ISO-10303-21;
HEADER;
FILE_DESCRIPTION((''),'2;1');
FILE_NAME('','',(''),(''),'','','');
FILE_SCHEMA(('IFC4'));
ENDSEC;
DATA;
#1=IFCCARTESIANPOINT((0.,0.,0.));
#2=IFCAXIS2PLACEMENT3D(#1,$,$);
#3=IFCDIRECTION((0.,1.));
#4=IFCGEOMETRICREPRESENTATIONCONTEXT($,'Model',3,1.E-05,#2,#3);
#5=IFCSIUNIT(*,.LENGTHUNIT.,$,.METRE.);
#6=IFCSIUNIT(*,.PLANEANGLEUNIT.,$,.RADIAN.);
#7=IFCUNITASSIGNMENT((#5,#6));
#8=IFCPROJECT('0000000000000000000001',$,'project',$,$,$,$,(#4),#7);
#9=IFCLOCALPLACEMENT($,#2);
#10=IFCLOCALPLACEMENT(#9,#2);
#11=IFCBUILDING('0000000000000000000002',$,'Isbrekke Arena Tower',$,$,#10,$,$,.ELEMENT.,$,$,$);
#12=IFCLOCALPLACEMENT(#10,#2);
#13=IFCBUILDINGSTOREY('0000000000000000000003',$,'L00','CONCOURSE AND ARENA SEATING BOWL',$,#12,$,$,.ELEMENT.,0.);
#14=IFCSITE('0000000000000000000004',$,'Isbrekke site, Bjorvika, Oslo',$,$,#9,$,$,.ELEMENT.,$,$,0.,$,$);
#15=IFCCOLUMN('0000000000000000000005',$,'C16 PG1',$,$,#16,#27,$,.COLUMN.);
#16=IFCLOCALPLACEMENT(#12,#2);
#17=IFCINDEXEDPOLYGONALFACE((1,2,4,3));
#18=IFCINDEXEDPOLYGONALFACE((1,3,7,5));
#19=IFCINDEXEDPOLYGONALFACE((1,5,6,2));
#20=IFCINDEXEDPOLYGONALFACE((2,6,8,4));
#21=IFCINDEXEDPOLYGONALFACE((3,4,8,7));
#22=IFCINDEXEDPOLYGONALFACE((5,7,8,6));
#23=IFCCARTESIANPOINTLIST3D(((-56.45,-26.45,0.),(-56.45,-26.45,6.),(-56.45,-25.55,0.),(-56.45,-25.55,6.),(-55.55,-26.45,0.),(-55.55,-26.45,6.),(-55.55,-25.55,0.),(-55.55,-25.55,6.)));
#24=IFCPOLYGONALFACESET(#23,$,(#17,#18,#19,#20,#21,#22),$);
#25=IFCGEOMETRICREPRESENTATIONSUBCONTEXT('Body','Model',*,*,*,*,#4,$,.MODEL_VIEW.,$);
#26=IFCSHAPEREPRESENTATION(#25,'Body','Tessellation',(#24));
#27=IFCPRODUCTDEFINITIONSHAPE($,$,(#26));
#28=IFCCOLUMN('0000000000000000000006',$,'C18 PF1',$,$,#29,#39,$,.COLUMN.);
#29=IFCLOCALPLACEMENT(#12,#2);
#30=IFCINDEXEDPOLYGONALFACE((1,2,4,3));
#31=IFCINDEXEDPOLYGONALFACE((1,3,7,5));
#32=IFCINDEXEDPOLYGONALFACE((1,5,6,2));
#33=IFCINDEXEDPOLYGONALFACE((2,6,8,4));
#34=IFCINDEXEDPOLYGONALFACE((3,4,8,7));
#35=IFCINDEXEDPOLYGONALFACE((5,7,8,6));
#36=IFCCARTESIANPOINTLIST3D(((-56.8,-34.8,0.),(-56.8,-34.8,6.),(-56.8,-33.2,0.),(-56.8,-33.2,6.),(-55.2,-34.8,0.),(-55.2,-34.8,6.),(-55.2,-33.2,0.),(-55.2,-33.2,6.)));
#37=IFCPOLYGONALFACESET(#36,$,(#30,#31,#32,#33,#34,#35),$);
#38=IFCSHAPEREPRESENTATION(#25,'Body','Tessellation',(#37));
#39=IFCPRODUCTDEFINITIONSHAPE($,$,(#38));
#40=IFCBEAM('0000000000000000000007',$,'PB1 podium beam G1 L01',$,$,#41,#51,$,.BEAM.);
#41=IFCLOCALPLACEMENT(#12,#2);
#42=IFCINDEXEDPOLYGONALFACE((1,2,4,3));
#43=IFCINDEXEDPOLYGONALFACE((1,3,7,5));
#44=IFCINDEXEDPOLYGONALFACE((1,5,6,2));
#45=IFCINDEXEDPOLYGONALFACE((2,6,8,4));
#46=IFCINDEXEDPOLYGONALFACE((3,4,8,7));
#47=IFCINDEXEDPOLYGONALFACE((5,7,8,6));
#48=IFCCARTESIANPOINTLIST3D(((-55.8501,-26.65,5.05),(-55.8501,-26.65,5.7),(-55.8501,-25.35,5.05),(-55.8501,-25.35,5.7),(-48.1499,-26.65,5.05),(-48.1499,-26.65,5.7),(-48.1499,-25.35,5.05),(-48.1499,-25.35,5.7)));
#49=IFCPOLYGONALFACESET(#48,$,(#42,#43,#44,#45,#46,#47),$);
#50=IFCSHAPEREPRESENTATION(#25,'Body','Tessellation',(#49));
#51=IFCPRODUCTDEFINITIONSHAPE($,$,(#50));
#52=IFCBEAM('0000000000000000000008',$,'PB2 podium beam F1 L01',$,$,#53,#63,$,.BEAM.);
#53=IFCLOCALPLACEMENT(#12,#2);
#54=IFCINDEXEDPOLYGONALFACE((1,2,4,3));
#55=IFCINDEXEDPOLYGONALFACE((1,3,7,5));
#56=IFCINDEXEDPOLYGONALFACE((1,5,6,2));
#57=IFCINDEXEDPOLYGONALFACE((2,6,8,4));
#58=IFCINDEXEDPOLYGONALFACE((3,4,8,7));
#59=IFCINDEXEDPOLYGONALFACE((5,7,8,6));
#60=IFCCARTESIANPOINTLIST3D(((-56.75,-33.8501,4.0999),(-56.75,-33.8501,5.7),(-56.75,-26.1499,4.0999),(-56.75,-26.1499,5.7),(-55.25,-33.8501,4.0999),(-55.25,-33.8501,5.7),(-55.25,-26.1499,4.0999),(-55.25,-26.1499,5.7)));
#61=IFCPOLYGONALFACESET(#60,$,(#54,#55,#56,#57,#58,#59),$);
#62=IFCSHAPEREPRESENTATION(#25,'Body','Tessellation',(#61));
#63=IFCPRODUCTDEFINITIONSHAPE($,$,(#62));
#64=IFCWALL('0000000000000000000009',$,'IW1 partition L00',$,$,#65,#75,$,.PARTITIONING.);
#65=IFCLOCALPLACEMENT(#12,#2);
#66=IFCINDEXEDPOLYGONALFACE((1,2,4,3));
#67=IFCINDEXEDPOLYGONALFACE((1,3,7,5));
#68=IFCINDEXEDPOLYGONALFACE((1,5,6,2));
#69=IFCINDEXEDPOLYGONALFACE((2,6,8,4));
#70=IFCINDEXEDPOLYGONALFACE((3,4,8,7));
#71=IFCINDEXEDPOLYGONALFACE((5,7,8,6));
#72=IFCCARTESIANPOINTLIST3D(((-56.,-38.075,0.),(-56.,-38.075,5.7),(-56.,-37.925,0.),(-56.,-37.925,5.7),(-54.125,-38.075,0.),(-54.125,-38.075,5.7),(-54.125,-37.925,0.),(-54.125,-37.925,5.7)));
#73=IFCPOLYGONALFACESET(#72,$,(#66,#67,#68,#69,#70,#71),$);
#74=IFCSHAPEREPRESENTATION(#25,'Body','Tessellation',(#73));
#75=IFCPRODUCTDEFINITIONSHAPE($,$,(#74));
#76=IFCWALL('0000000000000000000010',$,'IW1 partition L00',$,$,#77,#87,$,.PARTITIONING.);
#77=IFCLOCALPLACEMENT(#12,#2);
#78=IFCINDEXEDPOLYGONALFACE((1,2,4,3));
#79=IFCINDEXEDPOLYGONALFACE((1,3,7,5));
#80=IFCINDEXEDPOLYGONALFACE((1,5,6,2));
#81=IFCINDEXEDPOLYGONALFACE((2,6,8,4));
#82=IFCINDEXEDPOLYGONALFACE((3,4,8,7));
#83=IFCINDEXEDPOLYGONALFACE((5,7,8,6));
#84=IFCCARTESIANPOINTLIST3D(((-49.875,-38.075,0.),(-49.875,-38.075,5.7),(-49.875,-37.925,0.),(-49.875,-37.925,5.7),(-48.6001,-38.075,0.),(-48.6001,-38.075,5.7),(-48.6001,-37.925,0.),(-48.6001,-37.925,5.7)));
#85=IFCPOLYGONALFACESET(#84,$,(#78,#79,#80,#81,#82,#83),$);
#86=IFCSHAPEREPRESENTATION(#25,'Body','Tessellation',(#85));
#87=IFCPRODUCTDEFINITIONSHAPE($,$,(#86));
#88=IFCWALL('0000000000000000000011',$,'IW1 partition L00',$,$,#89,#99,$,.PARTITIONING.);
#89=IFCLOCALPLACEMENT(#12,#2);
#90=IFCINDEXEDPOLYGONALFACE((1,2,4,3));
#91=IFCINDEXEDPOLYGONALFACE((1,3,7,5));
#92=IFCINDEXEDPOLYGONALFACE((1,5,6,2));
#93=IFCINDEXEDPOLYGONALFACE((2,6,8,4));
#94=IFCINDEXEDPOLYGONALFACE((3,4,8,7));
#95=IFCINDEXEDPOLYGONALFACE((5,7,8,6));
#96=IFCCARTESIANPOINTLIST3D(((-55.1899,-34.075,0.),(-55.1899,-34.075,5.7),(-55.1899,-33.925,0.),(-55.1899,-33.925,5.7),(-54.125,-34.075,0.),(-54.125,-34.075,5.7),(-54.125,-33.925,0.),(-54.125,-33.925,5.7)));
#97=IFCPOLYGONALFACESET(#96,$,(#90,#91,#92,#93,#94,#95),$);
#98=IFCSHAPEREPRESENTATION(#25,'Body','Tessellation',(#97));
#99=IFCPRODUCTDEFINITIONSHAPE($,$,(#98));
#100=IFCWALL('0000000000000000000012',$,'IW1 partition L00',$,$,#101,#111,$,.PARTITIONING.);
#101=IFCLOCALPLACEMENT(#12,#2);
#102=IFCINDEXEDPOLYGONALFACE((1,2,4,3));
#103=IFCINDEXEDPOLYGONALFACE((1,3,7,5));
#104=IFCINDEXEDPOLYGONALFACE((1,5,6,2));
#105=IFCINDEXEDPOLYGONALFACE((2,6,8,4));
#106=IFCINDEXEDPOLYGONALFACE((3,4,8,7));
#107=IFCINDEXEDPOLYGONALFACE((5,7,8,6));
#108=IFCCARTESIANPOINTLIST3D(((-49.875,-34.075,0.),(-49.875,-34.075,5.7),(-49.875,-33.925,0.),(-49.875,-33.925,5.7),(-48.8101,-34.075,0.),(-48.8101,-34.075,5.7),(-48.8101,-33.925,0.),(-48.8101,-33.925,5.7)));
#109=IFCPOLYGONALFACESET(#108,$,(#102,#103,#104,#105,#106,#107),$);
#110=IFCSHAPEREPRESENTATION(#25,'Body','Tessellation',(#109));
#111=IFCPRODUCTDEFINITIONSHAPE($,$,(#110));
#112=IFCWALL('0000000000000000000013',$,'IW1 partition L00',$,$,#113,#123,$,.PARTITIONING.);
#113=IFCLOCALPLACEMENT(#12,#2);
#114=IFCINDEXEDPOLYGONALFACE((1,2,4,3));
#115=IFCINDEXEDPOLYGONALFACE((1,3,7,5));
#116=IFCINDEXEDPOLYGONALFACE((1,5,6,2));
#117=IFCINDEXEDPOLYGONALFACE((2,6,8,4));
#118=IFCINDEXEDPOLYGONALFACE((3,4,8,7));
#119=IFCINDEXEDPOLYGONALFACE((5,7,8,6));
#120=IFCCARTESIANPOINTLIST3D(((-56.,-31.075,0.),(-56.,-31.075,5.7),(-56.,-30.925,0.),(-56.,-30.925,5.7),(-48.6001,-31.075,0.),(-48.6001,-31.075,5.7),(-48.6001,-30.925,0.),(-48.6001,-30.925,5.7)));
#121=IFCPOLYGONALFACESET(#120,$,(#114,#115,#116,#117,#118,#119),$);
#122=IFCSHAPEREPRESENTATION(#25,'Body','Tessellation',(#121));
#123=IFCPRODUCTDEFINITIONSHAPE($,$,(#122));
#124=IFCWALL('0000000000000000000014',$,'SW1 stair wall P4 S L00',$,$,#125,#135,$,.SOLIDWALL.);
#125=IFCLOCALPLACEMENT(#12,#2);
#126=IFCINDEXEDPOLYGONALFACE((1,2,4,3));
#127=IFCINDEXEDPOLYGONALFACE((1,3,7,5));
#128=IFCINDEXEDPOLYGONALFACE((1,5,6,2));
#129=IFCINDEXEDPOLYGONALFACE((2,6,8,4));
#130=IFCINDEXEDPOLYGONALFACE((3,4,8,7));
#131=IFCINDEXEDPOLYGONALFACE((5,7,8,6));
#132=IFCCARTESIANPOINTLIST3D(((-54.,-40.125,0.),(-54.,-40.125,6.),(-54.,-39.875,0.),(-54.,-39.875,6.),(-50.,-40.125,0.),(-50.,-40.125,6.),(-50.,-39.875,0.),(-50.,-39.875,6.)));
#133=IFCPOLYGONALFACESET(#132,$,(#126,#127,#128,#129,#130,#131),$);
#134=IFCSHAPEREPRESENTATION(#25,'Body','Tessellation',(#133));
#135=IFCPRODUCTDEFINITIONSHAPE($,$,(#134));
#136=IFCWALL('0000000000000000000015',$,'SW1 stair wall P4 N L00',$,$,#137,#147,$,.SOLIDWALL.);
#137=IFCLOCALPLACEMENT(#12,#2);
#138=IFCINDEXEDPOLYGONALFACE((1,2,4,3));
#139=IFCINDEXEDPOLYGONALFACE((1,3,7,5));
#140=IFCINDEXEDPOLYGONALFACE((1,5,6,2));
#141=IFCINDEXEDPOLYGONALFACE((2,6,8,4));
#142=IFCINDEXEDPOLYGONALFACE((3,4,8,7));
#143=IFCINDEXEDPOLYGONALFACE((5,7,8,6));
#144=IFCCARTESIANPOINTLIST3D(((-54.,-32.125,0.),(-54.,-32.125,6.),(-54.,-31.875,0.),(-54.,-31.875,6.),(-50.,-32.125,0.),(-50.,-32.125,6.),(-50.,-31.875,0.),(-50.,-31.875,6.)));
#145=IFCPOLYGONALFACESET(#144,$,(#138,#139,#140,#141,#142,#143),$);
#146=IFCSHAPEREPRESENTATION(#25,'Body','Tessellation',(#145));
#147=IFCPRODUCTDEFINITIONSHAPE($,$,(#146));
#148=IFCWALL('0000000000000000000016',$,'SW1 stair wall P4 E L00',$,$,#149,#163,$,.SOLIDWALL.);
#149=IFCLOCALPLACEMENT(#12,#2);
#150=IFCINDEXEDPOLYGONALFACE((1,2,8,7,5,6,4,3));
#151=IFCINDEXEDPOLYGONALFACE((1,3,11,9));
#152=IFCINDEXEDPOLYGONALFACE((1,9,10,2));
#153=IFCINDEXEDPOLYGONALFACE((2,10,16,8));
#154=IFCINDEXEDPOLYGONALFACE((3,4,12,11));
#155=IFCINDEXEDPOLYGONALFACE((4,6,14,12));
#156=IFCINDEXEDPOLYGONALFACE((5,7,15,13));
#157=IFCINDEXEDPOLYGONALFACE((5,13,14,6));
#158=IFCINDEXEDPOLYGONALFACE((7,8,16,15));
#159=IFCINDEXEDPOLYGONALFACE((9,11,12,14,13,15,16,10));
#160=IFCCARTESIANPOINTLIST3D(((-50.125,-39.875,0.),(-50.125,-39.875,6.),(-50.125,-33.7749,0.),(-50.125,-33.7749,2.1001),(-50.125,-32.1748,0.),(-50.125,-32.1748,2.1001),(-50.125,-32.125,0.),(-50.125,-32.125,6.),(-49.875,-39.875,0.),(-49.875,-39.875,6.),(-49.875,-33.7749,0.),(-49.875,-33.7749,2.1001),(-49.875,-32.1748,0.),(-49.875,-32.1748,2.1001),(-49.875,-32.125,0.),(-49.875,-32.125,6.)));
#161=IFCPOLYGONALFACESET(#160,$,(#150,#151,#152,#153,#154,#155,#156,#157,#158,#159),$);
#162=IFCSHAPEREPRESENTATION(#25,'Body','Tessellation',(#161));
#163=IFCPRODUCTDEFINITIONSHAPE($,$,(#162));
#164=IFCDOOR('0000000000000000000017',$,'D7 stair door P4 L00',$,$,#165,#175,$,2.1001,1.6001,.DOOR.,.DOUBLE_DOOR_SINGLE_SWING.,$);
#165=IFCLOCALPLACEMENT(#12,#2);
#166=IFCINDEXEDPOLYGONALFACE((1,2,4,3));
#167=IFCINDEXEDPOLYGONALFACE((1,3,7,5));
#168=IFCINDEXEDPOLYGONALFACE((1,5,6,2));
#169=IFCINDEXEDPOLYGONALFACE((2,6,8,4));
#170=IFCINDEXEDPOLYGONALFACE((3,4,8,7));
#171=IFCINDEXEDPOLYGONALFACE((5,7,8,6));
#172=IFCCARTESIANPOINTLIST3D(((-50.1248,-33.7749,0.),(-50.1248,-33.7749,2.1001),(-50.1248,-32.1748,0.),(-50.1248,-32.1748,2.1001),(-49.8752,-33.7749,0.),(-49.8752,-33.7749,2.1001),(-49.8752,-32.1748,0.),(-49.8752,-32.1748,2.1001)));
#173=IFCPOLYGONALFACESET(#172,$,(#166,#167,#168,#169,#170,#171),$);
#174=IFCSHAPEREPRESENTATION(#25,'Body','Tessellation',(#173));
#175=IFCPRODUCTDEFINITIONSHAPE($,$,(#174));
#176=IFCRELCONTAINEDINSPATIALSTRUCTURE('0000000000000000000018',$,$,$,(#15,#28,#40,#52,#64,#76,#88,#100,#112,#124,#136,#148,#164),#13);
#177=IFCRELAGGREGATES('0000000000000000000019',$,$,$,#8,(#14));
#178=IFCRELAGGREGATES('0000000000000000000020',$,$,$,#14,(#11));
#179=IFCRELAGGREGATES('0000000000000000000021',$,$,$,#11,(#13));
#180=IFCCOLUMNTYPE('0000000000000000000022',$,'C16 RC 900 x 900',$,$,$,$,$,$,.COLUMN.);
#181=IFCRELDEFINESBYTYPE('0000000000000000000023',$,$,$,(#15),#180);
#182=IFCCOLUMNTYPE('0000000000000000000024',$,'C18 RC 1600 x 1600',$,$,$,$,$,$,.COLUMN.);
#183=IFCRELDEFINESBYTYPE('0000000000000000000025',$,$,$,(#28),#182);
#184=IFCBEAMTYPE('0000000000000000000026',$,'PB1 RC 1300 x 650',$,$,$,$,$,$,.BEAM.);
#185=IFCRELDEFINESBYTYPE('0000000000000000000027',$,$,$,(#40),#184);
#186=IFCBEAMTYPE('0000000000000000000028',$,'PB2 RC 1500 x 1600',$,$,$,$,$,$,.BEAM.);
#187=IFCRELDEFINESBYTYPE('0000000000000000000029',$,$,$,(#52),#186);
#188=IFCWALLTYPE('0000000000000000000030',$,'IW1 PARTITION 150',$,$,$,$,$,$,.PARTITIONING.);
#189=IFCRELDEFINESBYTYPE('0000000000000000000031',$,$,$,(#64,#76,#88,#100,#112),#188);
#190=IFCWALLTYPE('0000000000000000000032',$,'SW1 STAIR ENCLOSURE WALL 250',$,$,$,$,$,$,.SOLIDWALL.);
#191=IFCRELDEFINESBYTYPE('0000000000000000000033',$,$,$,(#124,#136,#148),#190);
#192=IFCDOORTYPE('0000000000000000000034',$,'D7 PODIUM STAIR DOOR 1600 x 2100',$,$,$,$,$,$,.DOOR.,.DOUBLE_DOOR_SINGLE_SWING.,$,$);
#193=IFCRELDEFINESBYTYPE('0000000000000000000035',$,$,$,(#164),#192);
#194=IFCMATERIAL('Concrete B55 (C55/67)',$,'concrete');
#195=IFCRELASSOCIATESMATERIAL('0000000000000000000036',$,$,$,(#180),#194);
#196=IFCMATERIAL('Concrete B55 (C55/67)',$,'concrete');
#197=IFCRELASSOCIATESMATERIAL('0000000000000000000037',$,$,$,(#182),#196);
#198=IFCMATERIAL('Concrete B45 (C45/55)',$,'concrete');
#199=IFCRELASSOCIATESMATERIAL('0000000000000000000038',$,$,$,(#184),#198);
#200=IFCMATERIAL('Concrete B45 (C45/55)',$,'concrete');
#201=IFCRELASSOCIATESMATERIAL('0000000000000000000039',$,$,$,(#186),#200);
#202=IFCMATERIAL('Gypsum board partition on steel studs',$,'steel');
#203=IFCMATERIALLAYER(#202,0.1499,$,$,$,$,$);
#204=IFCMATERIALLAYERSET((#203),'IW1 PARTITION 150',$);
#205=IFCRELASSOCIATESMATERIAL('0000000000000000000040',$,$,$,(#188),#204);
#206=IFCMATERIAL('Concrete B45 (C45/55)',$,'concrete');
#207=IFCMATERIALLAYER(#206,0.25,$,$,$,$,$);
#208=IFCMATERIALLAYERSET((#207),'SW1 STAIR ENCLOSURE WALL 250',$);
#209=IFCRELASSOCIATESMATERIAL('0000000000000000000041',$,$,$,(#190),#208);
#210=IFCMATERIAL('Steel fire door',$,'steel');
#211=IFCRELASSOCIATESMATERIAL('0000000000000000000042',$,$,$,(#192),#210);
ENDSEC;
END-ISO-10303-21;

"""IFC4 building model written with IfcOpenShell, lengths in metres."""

from ifc_helpers import new_model, si_unit, direction, frame, frame_2d, origin, origin_2d, place, context, subcontext, project, spatial, rectangle, extrude, material, layer, layer_set, material_profile, profile_set, type_object, element, fill, save


model = new_model("IFC4")

# Units and contexts
model_context = context("Model", 3, precision=1e-05, world=origin(), true_north=direction((0.0, 1.0)))
body_context = subcontext(model_context, "Body", "Model", "MODEL_VIEW")
ifc_project = project(units=[si_unit("LENGTHUNIT", "METRE"), si_unit("PLANEANGLEUNIT", "RADIAN")], contexts=[model_context])

# Site, building, storey
site_placement = place(None, origin())
site = spatial("IfcSite", under=ifc_project, at=site_placement, Name="Isbrekke site, Bjorvika, Oslo", CompositionType="ELEMENT", RefElevation=0.0)
building_placement = place(site_placement, origin())
building = spatial("IfcBuilding", under=site, at=building_placement, Name="Isbrekke Arena Tower", CompositionType="ELEMENT")
storey_placement = place(building_placement, origin())
storey = spatial("IfcBuildingStorey", under=building, at=storey_placement, Name="L00", Description="CONCOURSE AND ARENA SEATING BOWL", CompositionType="ELEMENT", Elevation=0.0)

# Columns
ifc_material_1 = material(Name="Concrete B55 (C55/67)", Category="concrete")
ifc_material_profile_1 = material_profile(ifc_material_1, rectangle(XDim=0.8999, YDim=0.8999, at=origin_2d()), Name="RC 900x900")
ifc_profile_set_1 = profile_set([ifc_material_profile_1], Name="Concrete B55 (C55/67)")
column_type_1 = type_object("IfcColumnType", Name="C16 RC 900 x 900", PredefinedType="COLUMN", material=ifc_profile_set_1)
column_1_placement = place(storey_placement, frame((-56.0, -26.0, 0.0), z_axis=(0.0, 0.0, 1.0), x_axis=(1.0, 0.0, 0.0)))
element("IfcColumn", 1, at=column_1_placement, inside=storey, type_object=column_type_1, Name="C16 PG1", PredefinedType="COLUMN", context=body_context, shape_type="SweptSolid", body=[
    extrude(rectangle(XDim=0.8999, YDim=0.8999, at=origin_2d()), origin(), (0.0, 0.0, 1.0), 6.0),
])
ifc_material_2 = material(Name="Concrete B55 (C55/67)", Category="concrete")
ifc_material_profile_2 = material_profile(ifc_material_2, rectangle(XDim=1.6001, YDim=1.6001, at=origin_2d()), Name="RC 1600x1600")
ifc_profile_set_2 = profile_set([ifc_material_profile_2], Name="Concrete B55 (C55/67)")
column_type_2 = type_object("IfcColumnType", Name="C18 RC 1600 x 1600", PredefinedType="COLUMN", material=ifc_profile_set_2)
column_2_placement = place(storey_placement, frame((-56.0, -34.0, 0.0), z_axis=(0.0, 0.0, 1.0), x_axis=(1.0, 0.0, 0.0)))
element("IfcColumn", 2, at=column_2_placement, inside=storey, type_object=column_type_2, Name="C18 PF1", PredefinedType="COLUMN", context=body_context, shape_type="SweptSolid", body=[
    extrude(rectangle(XDim=1.6001, YDim=1.6001, at=origin_2d()), origin(), (0.0, 0.0, 1.0), 6.0),
])

# Beams
ifc_material_3 = material(Name="Concrete B45 (C45/55)", Category="concrete")
ifc_material_profile_3 = material_profile(ifc_material_3, rectangle(XDim=1.3, YDim=0.6499, at=origin_2d()), Name="RC 1300x650")
ifc_profile_set_3 = profile_set([ifc_material_profile_3], Name="Concrete B45 (C45/55)")
beam_type_1 = type_object("IfcBeamType", Name="PB1 RC 1300 x 650", PredefinedType="BEAM", material=ifc_profile_set_3)
beam_1_placement = place(storey_placement, frame((-55.8501, -26.0, 5.375), z_axis=(1.0, 0.0, 0.0), x_axis=(0.0, 1.0, 0.0)))
element("IfcBeam", 3, at=beam_1_placement, inside=storey, type_object=beam_type_1, Name="PB1 podium beam G1 L01", PredefinedType="BEAM", context=body_context, shape_type="SweptSolid", body=[
    extrude(rectangle(XDim=1.3, YDim=0.6499, at=origin_2d()), origin(), (0.0, 0.0, 1.0), 7.7002),
])
ifc_material_4 = material(Name="Concrete B45 (C45/55)", Category="concrete")
ifc_material_profile_4 = material_profile(ifc_material_4, rectangle(XDim=1.5, YDim=1.6001, at=origin_2d()), Name="RC 1500x1600")
ifc_profile_set_4 = profile_set([ifc_material_profile_4], Name="Concrete B45 (C45/55)")
beam_type_2 = type_object("IfcBeamType", Name="PB2 RC 1500 x 1600", PredefinedType="BEAM", material=ifc_profile_set_4)
beam_2_placement = place(storey_placement, frame((-56.0, -33.8501, 4.8999), z_axis=(0.0, 1.0, 0.0), x_axis=(-1.0, 0.0, 0.0)))
element("IfcBeam", 4, at=beam_2_placement, inside=storey, type_object=beam_type_2, Name="PB2 podium beam F1 L01", PredefinedType="BEAM", context=body_context, shape_type="SweptSolid", body=[
    extrude(rectangle(XDim=1.5, YDim=1.6001, at=origin_2d()), origin(), (0.0, 0.0, 1.0), 7.7002),
])

# Walls
ifc_material_5 = material(Name="Gypsum board partition on steel studs", Category="steel")
ifc_layer_1 = layer(ifc_material_5, 0.1499)
ifc_layer_set_1 = layer_set([ifc_layer_1], Name="IW1 PARTITION 150")
wall_type_1 = type_object("IfcWallType", Name="IW1 PARTITION 150", PredefinedType="PARTITIONING", material=ifc_layer_set_1)
wall_1_placement = place(storey_placement, frame((-56.0, -38.0, 0.0), z_axis=(0.0, 0.0, 1.0), x_axis=(1.0, 0.0, 0.0)))
element("IfcWall", 5, at=wall_1_placement, inside=storey, type_object=wall_type_1, Name="IW1 partition L00", PredefinedType="PARTITIONING", context=body_context, shape_type="SweptSolid", body=[
    extrude(rectangle(XDim=1.875, YDim=0.1499, at=frame_2d((0.9375, 0.0))), origin(), (0.0, 0.0, 1.0), 5.7),
])
wall_2_placement = place(storey_placement, frame((-49.875, -38.0, 0.0), z_axis=(0.0, 0.0, 1.0), x_axis=(1.0, 0.0, 0.0)))
element("IfcWall", 6, at=wall_2_placement, inside=storey, type_object=wall_type_1, Name="IW1 partition L00", PredefinedType="PARTITIONING", context=body_context, shape_type="SweptSolid", body=[
    extrude(rectangle(XDim=1.2749, YDim=0.1499, at=frame_2d((0.6375, 0.0))), origin(), (0.0, 0.0, 1.0), 5.7),
])
for number, where, z_axis, x_axis, name in (
    (7, (-55.1899, -34.0, 0.0), (0.0, 0.0, 1.0), (1.0, 0.0, 0.0), "IW1 partition L00"),
    (8, (-49.875, -34.0, 0.0), (0.0, 0.0, 1.0), (1.0, 0.0, 0.0), "IW1 partition L00"),
):
    element("IfcWall", number, at=place(storey_placement, frame(where, z_axis=z_axis, x_axis=x_axis)), inside=storey, type_object=wall_type_1, Name=name, PredefinedType="PARTITIONING", context=body_context, shape_type="SweptSolid", body=[
        extrude(rectangle(XDim=1.0649, YDim=0.1499, at=frame_2d((0.5325, 0.0))), origin(), (0.0, 0.0, 1.0), 5.7),
    ])
wall_3_placement = place(storey_placement, frame((-56.0, -31.0, 0.0), z_axis=(0.0, 0.0, 1.0), x_axis=(1.0, 0.0, 0.0)))
element("IfcWall", 9, at=wall_3_placement, inside=storey, type_object=wall_type_1, Name="IW1 partition L00", PredefinedType="PARTITIONING", context=body_context, shape_type="SweptSolid", body=[
    extrude(rectangle(XDim=7.3999, YDim=0.1499, at=frame_2d((3.7, 0.0))), origin(), (0.0, 0.0, 1.0), 5.7),
])
ifc_material_6 = material(Name="Concrete B45 (C45/55)", Category="concrete")
ifc_layer_2 = layer(ifc_material_6, 0.25)
ifc_layer_set_2 = layer_set([ifc_layer_2], Name="SW1 STAIR ENCLOSURE WALL 250")
wall_type_2 = type_object("IfcWallType", Name="SW1 STAIR ENCLOSURE WALL 250", PredefinedType="SOLIDWALL", material=ifc_layer_set_2)
for number, where, z_axis, x_axis, name in (
    (10, (-54.0, -40.0, 0.0), (0.0, 0.0, 1.0), (1.0, 0.0, 0.0), "SW1 stair wall P4 S L00"),
    (11, (-50.0, -32.0, 0.0), (0.0, 0.0, 1.0), (-1.0, 0.0, 0.0), "SW1 stair wall P4 N L00"),
):
    element("IfcWall", number, at=place(storey_placement, frame(where, z_axis=z_axis, x_axis=x_axis)), inside=storey, type_object=wall_type_2, Name=name, PredefinedType="SOLIDWALL", context=body_context, shape_type="SweptSolid", body=[
        extrude(rectangle(XDim=4.0, YDim=0.25, at=frame_2d((2.0, 0.0))), origin(), (0.0, 0.0, 1.0), 6.0),
    ])

# Wall, opening, door
wall_4_placement = place(storey_placement, frame((-50.0, -39.875, 0.0), z_axis=(0.0, 0.0, 1.0), x_axis=(0.0, 1.0, 0.0)))
wall_4 = element("IfcWall", 12, at=wall_4_placement, inside=storey, type_object=wall_type_2, Name="SW1 stair wall P4 E L00", PredefinedType="SOLIDWALL", context=body_context, shape_type="SweptSolid", body=[
    extrude(rectangle(XDim=7.75, YDim=0.25, at=frame_2d((3.875, 0.0))), origin(), (0.0, 0.0, 1.0), 6.0),
])
opening_placement = place(wall_4_placement, frame((6.1001, 0.0, 0.0)))
opening = element("IfcOpeningElement", 13, at=opening_placement, cuts=wall_4, PredefinedType="OPENING", context=body_context, shape_type="SweptSolid", body=[
    extrude(rectangle(XDim=1.6001, YDim=2.1001, at=frame_2d((0.8, 1.05))), frame((0.0, 0.1399, 0.0), z_axis=(0.0, -1.0, 0.0), x_axis=(1.0, 0.0, 0.0)), (0.0, 0.0, 1.0), 0.2798),
])
ifc_material_7 = material(Name="Steel fire door", Category="steel")
door_type = type_object("IfcDoorType", Name="D7 PODIUM STAIR DOOR 1600 x 2100", OperationType="DOUBLE_DOOR_SINGLE_SWING", PredefinedType="DOOR", material=ifc_material_7)
door_placement = place(opening_placement, origin())
door = element("IfcDoor", 14, at=door_placement, inside=storey, type_object=door_type, Name="D7 stair door P4 L00", OperationType="DOUBLE_DOOR_SINGLE_SWING", OverallHeight=2.1001, OverallWidth=1.6001, PredefinedType="DOOR", context=body_context, shape_type="SweptSolid", body=[
    extrude(rectangle(XDim=1.6001, YDim=2.1001, at=frame_2d((0.8, 1.05))), frame((0.0, 0.1248, 0.0), z_axis=(0.0, -1.0, 0.0), x_axis=(1.0, 0.0, 0.0)), (0.0, 0.0, 1.0), 0.2495),
])
fill(opening, door)

save(model, "model.ifc")
